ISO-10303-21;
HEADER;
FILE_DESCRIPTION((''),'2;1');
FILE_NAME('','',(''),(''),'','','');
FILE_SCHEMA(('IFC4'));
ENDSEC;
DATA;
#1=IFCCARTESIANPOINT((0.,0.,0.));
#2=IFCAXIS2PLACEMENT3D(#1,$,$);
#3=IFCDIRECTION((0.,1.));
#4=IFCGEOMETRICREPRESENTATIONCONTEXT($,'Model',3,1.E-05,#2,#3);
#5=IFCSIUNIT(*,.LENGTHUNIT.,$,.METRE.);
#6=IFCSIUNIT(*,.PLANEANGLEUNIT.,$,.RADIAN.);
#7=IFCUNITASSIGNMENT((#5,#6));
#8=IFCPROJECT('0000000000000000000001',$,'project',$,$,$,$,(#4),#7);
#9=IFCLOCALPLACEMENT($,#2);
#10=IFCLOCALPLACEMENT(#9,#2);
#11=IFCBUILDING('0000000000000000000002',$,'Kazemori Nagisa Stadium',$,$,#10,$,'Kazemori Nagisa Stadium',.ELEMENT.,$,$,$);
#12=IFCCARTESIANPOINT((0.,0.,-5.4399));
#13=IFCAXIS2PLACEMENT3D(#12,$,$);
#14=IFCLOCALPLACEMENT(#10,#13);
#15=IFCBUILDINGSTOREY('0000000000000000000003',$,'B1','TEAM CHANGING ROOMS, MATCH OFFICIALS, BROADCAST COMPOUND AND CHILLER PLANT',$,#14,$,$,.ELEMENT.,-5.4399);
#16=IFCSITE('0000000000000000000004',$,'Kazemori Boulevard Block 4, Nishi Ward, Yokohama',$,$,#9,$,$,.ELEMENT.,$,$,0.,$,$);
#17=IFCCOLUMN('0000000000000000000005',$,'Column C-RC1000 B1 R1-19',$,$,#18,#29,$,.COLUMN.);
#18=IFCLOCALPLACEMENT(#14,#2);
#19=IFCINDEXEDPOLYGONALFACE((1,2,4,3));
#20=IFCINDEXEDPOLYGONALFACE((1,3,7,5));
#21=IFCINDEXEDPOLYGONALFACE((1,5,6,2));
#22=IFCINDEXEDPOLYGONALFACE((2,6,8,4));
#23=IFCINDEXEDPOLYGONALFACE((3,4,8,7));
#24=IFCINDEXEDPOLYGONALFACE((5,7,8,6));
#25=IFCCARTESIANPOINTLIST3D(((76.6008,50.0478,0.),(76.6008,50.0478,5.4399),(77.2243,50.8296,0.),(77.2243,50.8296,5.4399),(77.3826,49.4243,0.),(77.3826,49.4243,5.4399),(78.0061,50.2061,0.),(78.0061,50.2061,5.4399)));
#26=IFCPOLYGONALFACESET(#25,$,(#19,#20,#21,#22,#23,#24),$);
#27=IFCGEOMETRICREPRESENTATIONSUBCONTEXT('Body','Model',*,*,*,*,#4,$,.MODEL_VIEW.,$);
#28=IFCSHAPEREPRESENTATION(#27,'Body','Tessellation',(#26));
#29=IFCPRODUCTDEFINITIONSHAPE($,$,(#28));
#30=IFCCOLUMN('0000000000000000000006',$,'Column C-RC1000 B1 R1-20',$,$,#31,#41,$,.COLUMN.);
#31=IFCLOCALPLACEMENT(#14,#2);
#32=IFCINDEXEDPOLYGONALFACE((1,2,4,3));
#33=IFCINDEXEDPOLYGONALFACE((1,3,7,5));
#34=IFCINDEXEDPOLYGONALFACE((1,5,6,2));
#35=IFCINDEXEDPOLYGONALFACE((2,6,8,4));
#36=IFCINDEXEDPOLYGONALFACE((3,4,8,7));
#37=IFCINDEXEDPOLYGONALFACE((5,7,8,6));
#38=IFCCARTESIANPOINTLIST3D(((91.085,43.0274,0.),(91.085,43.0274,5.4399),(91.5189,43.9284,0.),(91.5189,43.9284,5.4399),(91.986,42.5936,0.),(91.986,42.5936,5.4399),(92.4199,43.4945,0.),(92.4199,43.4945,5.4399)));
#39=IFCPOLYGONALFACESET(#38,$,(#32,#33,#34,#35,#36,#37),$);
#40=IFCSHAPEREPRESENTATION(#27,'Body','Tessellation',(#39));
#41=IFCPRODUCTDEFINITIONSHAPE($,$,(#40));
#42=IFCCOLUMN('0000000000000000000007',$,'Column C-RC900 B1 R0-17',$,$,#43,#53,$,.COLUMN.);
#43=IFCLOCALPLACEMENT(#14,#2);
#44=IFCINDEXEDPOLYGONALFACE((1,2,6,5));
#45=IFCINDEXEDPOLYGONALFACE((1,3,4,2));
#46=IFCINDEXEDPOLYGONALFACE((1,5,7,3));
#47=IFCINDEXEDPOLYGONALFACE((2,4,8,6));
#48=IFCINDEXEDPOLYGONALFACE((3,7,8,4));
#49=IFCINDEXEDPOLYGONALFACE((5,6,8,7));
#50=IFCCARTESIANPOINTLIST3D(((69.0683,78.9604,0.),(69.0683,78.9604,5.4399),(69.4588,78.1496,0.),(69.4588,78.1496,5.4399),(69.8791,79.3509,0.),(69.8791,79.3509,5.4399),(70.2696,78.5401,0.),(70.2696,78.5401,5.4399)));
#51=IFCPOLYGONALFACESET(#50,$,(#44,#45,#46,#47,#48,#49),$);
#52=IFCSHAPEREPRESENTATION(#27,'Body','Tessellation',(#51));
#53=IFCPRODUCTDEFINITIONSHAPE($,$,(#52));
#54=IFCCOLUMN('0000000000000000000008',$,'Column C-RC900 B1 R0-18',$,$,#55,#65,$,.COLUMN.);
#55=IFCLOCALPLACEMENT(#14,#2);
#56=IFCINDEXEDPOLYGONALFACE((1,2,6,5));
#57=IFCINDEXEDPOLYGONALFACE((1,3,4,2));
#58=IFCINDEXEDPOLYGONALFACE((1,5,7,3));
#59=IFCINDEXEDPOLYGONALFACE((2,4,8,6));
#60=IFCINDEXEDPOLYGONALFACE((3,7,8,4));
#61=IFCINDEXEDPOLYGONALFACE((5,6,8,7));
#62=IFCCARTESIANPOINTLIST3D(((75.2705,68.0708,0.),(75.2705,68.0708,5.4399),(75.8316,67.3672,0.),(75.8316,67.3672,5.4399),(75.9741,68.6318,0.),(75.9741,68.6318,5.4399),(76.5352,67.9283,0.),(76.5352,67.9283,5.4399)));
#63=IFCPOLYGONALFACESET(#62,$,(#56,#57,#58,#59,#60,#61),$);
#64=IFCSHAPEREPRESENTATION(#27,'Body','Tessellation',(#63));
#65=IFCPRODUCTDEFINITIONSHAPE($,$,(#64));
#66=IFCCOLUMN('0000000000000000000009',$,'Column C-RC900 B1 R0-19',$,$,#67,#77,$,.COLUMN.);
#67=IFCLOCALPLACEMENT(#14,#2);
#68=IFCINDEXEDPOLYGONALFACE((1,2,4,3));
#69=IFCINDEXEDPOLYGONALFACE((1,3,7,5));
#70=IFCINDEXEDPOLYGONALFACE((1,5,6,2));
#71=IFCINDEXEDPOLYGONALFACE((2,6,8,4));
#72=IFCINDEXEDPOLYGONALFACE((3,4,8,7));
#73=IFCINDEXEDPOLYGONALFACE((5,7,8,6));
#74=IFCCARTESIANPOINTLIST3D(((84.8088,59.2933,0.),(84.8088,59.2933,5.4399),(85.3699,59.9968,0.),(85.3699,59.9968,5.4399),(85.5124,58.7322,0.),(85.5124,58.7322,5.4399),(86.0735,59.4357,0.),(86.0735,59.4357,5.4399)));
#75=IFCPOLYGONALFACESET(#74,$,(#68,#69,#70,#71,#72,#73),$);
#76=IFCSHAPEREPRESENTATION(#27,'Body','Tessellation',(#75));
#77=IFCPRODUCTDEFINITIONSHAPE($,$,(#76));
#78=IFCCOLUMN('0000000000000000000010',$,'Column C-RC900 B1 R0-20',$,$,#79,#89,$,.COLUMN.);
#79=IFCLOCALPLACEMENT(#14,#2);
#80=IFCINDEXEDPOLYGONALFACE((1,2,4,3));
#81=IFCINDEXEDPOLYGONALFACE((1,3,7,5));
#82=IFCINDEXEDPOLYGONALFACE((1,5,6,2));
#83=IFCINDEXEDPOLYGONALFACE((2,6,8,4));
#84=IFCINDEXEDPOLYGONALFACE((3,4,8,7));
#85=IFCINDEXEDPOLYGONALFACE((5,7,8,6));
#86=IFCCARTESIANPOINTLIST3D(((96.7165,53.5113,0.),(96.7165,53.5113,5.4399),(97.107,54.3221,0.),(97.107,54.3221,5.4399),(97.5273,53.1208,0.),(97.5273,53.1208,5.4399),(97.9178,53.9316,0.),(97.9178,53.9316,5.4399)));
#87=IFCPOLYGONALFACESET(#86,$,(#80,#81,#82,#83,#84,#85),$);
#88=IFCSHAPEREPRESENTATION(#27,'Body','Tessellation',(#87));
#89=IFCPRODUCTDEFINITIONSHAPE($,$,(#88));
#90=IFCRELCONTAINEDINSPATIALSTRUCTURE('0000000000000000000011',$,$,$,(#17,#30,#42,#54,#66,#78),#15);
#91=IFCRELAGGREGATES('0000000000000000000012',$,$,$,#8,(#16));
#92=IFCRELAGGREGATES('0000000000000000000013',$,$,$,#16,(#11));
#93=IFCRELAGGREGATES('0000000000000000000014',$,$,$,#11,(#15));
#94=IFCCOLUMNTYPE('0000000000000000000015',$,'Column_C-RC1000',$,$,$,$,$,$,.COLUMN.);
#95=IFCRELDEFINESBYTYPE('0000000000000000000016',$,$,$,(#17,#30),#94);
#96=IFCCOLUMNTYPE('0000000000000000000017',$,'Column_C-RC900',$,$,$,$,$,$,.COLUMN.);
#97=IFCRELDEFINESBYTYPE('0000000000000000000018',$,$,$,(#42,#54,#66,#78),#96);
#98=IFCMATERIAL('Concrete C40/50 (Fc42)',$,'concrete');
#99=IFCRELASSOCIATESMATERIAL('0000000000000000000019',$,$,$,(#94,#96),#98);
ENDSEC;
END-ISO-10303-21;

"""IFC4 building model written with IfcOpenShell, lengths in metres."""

from ifc_helpers import new_model, si_unit, direction, frame, origin, origin_2d, place, context, subcontext, project, spatial, rectangle, extrude, material, material_profile, profile_set, type_object, element, save


model = new_model("IFC4")

# Units and contexts
model_context = context("Model", 3, precision=1e-05, world=origin(), true_north=direction((0.0, 1.0)))
body_context = subcontext(model_context, "Body", "Model", "MODEL_VIEW")
ifc_project = project(units=[si_unit("LENGTHUNIT", "METRE"), si_unit("PLANEANGLEUNIT", "RADIAN")], contexts=[model_context])

# Site, building, storey
site_placement = place(None, origin())
site = spatial("IfcSite", under=ifc_project, at=site_placement, Name="Kazemori Boulevard Block 4, Nishi Ward, Yokohama", CompositionType="ELEMENT", RefElevation=0.0)
building_placement = place(site_placement, origin())
building = spatial("IfcBuilding", under=site, at=building_placement, Name="Kazemori Nagisa Stadium", LongName="Kazemori Nagisa Stadium", CompositionType="ELEMENT")
storey_placement = place(building_placement, frame((0.0, 0.0, -5.4399)))
storey = spatial("IfcBuildingStorey", under=building, at=storey_placement, Name="B1", Description="TEAM CHANGING ROOMS, MATCH OFFICIALS, BROADCAST COMPOUND AND CHILLER PLANT", CompositionType="ELEMENT", Elevation=-5.4399)

# Shared definitions
ifc_material_1 = material(Name="Concrete C40/50 (Fc42)", Category="concrete")

# Columns
ifc_material_profile_1 = material_profile(ifc_material_1, rectangle(XDim=1.0, YDim=1.0, at=origin_2d()), Name="RC-COL-1000x1000")
ifc_profile_set_1 = profile_set([ifc_material_profile_1], Name="Concrete C40/50 (Fc42)")
column_type_1 = type_object("IfcColumnType", Name="Column_C-RC1000", PredefinedType="COLUMN", material=ifc_profile_set_1)
for number, where, z_axis, x_axis, name in (
    (1, (77.3035, 50.127, 0.0), (0.0, 0.0, 1.0), (-0.62349, -0.781831, 0.0), "Column C-RC1000 B1 R1-19"),
    (2, (91.7524, 43.261, 0.0), (0.0, 0.0, 1.0), (-0.433884, -0.900969, 0.0), "Column C-RC1000 B1 R1-20"),
):
    element("IfcColumn", number, at=place(storey_placement, frame(where, z_axis=z_axis, x_axis=x_axis)), inside=storey, type_object=column_type_1, Name=name, PredefinedType="COLUMN", context=body_context, shape_type="SweptSolid", body=[
        extrude(rectangle(XDim=1.0, YDim=1.0, at=origin_2d()), origin(), (0.0, 0.0, 1.0), 5.4399),
    ])
ifc_material_profile_2 = material_profile(ifc_material_1, rectangle(XDim=0.8999, YDim=0.8999, at=origin_2d()), Name="RC-COL-900x900")
ifc_profile_set_2 = profile_set([ifc_material_profile_2], Name="Concrete C40/50 (Fc42)")
column_type_2 = type_object("IfcColumnType", Name="Column_C-RC900", PredefinedType="COLUMN", material=ifc_profile_set_2)
for number, where, z_axis, x_axis, name in (
    (3, (69.6689, 78.7502, 0.0), (0.0, 0.0, 1.0), (-0.900969, -0.433884, 0.0), "Column C-RC900 B1 R0-17"),
    (4, (75.9028, 67.9995, 0.0), (0.0, 0.0, 1.0), (-0.781831, -0.62349, 0.0), "Column C-RC900 B1 R0-18"),
    (5, (85.4412, 59.3645, 0.0), (0.0, 0.0, 1.0), (-0.62349, -0.781831, 0.0), "Column C-RC900 B1 R0-19"),
    (6, (97.3171, 53.7214, 0.0), (0.0, 0.0, 1.0), (-0.433884, -0.900969, 0.0), "Column C-RC900 B1 R0-20"),
):
    element("IfcColumn", number, at=place(storey_placement, frame(where, z_axis=z_axis, x_axis=x_axis)), inside=storey, type_object=column_type_2, Name=name, PredefinedType="COLUMN", context=body_context, shape_type="SweptSolid", body=[
        extrude(rectangle(XDim=0.8999, YDim=0.8999, at=origin_2d()), origin(), (0.0, 0.0, 1.0), 5.4399),
    ])

save(model, "model.ifc")
